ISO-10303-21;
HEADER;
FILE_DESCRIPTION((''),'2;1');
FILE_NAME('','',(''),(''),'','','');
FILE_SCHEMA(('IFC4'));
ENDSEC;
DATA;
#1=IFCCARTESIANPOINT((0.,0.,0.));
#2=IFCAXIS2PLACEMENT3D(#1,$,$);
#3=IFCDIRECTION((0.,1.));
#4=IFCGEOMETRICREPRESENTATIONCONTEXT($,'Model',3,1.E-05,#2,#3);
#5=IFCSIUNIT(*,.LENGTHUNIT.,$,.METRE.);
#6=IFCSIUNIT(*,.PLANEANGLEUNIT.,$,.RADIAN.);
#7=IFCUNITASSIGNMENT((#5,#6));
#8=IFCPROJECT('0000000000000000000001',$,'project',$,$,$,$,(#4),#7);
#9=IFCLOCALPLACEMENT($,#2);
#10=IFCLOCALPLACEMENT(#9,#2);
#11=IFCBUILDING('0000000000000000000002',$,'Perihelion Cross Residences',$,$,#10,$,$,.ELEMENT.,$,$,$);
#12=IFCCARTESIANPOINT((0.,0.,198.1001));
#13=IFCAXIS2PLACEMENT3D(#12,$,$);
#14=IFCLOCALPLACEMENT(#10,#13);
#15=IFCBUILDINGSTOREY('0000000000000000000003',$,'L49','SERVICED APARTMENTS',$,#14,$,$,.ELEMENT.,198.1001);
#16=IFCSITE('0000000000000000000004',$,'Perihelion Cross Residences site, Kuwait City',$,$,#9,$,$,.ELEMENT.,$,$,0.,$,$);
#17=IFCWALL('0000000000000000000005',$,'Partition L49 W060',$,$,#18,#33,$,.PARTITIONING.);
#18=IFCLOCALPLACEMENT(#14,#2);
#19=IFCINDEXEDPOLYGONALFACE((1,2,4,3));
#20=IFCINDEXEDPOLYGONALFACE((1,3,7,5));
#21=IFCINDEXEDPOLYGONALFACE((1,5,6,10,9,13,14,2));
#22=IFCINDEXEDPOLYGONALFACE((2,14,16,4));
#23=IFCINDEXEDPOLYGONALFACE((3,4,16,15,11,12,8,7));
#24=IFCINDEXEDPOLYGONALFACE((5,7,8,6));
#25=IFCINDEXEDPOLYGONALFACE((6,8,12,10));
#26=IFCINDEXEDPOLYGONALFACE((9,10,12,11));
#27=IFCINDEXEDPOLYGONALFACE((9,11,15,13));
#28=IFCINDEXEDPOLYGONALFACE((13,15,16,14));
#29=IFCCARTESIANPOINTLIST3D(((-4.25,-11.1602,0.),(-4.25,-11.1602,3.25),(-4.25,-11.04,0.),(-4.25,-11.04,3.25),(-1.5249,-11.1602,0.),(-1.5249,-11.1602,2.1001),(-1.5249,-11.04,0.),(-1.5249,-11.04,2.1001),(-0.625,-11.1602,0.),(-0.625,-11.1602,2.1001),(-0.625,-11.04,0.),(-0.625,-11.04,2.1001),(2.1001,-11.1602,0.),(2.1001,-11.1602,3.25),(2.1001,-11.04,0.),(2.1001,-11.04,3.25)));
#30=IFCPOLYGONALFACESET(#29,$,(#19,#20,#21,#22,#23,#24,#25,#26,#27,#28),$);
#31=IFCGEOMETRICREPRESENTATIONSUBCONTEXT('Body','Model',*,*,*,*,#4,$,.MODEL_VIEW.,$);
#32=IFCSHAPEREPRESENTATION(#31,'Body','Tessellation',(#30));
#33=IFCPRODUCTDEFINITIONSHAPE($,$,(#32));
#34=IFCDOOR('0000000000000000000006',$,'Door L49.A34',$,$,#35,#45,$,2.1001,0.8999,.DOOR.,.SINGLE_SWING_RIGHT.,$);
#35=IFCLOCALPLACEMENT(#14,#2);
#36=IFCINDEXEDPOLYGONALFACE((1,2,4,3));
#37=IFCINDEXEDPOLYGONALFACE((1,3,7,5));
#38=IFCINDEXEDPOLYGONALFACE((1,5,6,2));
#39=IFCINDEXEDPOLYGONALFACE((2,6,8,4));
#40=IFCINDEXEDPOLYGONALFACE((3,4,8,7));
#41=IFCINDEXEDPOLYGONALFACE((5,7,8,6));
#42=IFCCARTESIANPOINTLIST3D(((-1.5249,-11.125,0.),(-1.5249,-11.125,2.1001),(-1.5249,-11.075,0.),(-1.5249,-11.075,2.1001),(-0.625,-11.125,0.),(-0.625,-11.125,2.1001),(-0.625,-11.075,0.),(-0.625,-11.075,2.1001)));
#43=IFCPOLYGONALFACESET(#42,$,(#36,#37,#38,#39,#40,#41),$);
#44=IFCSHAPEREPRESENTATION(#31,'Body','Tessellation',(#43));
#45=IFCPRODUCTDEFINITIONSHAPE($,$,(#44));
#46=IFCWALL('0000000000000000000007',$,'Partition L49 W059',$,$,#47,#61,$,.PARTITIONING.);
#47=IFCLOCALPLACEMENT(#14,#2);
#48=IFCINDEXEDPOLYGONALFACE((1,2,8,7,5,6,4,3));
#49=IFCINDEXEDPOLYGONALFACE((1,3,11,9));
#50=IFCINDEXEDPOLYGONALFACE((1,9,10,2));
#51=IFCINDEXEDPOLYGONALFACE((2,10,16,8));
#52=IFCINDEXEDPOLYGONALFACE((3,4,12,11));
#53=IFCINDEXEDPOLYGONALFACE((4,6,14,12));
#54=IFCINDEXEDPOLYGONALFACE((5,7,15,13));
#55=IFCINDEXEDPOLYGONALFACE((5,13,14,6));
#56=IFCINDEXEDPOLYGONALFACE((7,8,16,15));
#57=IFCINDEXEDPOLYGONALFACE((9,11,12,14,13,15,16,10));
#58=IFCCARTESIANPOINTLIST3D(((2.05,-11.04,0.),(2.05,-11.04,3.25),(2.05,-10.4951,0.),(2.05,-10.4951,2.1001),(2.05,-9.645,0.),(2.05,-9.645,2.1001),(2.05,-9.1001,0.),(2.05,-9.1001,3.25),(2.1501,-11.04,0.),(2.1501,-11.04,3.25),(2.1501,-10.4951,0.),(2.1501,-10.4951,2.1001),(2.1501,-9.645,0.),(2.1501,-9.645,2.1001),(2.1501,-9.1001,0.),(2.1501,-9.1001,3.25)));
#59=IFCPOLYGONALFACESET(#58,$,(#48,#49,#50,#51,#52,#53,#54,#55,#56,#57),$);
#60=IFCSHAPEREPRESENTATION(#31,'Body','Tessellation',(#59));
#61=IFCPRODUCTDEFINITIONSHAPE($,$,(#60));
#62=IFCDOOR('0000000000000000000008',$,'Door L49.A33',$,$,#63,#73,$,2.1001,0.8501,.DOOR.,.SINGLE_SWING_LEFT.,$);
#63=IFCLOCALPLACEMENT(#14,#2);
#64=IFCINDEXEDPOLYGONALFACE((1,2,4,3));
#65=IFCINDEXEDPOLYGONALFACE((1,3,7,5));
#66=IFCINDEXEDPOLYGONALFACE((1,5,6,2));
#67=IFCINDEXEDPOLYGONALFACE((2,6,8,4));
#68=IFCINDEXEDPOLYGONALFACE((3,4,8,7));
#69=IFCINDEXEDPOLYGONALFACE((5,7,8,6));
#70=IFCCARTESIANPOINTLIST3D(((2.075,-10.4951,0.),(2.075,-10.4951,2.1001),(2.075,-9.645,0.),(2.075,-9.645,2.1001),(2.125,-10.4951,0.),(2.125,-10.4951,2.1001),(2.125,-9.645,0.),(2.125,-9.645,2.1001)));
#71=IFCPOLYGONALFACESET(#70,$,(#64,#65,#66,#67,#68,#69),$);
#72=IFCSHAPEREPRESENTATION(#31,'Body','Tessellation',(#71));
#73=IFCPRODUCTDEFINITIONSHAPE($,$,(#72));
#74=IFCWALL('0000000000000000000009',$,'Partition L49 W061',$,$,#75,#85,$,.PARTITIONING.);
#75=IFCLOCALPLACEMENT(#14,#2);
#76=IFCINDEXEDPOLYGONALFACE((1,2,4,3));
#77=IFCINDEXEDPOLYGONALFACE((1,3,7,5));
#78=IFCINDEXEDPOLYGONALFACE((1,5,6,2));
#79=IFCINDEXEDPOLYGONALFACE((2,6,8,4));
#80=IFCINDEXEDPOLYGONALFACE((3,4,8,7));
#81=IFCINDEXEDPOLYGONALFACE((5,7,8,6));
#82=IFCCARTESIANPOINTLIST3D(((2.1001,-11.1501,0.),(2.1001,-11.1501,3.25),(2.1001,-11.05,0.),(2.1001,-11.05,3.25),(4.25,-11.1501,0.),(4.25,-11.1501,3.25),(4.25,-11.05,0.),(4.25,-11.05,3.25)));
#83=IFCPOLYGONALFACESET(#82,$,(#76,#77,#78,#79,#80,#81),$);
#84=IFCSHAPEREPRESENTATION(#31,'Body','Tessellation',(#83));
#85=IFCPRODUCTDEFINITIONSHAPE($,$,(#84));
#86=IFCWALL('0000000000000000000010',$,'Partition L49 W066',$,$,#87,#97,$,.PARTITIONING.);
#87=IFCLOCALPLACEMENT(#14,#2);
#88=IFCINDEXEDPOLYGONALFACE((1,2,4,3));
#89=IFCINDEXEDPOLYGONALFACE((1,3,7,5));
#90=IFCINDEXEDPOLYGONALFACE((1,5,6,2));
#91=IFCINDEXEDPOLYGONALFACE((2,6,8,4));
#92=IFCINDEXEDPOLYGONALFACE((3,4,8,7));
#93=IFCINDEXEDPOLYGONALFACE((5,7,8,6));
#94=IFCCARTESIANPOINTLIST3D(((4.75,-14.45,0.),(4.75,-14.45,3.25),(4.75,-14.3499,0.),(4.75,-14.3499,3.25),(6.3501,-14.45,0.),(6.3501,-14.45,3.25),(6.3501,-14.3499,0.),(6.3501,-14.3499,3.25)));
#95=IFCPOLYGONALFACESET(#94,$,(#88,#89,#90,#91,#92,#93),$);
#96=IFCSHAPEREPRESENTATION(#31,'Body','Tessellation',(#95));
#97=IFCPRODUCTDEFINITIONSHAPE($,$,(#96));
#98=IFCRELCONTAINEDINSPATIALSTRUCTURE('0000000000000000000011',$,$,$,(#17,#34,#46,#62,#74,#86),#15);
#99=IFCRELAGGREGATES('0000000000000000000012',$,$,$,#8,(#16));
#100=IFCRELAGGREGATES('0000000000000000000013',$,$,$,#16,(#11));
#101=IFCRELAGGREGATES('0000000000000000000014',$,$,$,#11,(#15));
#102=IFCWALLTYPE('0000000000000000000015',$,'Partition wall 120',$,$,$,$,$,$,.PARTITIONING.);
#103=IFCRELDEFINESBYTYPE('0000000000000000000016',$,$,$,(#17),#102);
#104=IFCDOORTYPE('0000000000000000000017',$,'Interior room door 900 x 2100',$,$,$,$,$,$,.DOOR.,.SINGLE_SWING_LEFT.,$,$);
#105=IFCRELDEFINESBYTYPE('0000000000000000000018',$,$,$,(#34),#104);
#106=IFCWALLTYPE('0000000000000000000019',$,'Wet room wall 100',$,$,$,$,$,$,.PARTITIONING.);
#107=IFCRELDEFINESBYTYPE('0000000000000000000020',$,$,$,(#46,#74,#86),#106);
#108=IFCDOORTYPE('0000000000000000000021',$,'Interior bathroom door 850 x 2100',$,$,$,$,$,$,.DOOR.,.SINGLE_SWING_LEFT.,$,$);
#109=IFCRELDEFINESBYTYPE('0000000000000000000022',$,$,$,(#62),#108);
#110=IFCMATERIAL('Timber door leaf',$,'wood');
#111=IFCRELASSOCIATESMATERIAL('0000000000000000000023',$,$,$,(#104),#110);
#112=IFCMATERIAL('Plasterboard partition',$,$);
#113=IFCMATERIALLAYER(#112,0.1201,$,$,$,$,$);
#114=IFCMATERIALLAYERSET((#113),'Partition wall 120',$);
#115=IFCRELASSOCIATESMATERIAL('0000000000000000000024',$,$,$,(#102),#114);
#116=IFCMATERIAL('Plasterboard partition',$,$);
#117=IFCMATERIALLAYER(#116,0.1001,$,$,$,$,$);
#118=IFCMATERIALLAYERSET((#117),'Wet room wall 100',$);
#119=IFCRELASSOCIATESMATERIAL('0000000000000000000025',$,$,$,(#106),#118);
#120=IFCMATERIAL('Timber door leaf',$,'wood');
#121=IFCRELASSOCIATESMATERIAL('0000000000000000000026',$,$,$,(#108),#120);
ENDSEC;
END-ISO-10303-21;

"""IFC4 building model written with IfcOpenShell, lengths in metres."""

from ifc_helpers import new_model, si_unit, direction, frame, frame_2d, origin, place, context, subcontext, project, spatial, rectangle, extrude, material, layer, layer_set, type_object, element, fill, save


model = new_model("IFC4")

# Units and contexts
model_context = context("Model", 3, precision=1e-05, world=origin(), true_north=direction((0.0, 1.0)))
body_context = subcontext(model_context, "Body", "Model", "MODEL_VIEW")
ifc_project = project(units=[si_unit("LENGTHUNIT", "METRE"), si_unit("PLANEANGLEUNIT", "RADIAN")], contexts=[model_context])

# Site, building, storey
site_placement = place(None, origin())
site = spatial("IfcSite", under=ifc_project, at=site_placement, Name="Perihelion Cross Residences site, Kuwait City", CompositionType="ELEMENT", RefElevation=0.0)
building_placement = place(site_placement, origin())
building = spatial("IfcBuilding", under=site, at=building_placement, Name="Perihelion Cross Residences", CompositionType="ELEMENT")
storey_placement = place(building_placement, frame((0.0, 0.0, 198.1001)))
storey = spatial("IfcBuildingStorey", under=building, at=storey_placement, Name="L49", Description="SERVICED APARTMENTS", CompositionType="ELEMENT", Elevation=198.1001)

# Shared definitions
ifc_material_1 = material(Name="Timber door leaf", Category="wood")
door_type_1 = type_object("IfcDoorType", Name="Interior room door 900 x 2100", OperationType="SINGLE_SWING_LEFT", PredefinedType="DOOR", material=ifc_material_1)

# Shared definitions
ifc_material_2 = material(Name="Plasterboard partition")
ifc_layer_1 = layer(ifc_material_2, 0.1201)
ifc_layer_set_1 = layer_set([ifc_layer_1], Name="Partition wall 120")
wall_type_1 = type_object("IfcWallType", Name="Partition wall 120", PredefinedType="PARTITIONING", material=ifc_layer_set_1)

# Walls, openings, doors
wall_1_placement = place(storey_placement, frame((2.1001, -11.1001, 0.0), z_axis=(0.0, 0.0, 1.0), x_axis=(-1.0, 0.0, 0.0)))
wall_1 = element("IfcWall", 1, at=wall_1_placement, inside=storey, type_object=wall_type_1, Name="Partition L49 W060", PredefinedType="PARTITIONING", context=body_context, shape_type="SweptSolid", body=[
    extrude(rectangle(XDim=6.3501, YDim=0.1201, at=frame_2d((3.175, 0.0))), origin(), (0.0, 0.0, 1.0), 3.25),
])
opening_1_placement = place(wall_1_placement, frame((2.7251, 0.0, 0.0)))
opening_1 = element("IfcOpeningElement", 2, at=opening_1_placement, cuts=wall_1, PredefinedType="OPENING", context=body_context, shape_type="SweptSolid", body=[
    extrude(rectangle(XDim=0.8999, YDim=2.1001, at=frame_2d((0.45, 1.05))), frame((0.0, 0.0701, 0.0), z_axis=(0.0, -1.0, 0.0), x_axis=(1.0, 0.0, 0.0)), (0.0, 0.0, 1.0), 0.1401),
])
door_1_placement = place(opening_1_placement, origin())
door_1 = element("IfcDoor", 3, at=door_1_placement, inside=storey, type_object=door_type_1, Name="Door L49.A34", OperationType="SINGLE_SWING_RIGHT", OverallHeight=2.1001, OverallWidth=0.8999, PredefinedType="DOOR", context=body_context, shape_type="SweptSolid", body=[
    extrude(rectangle(XDim=0.8999, YDim=2.1001, at=frame_2d((0.45, 1.05))), frame((0.0, 0.0249, 0.0), z_axis=(0.0, -1.0, 0.0), x_axis=(1.0, 0.0, 0.0)), (0.0, 0.0, 1.0), 0.05),
])
fill(opening_1, door_1)
ifc_material_3 = material(Name="Plasterboard partition")
ifc_layer_2 = layer(ifc_material_3, 0.1001)
ifc_layer_set_2 = layer_set([ifc_layer_2], Name="Wet room wall 100")
wall_type_2 = type_object("IfcWallType", Name="Wet room wall 100", PredefinedType="PARTITIONING", material=ifc_layer_set_2)
wall_2_placement = place(storey_placement, frame((2.1001, -9.1001, 0.0), z_axis=(0.0, 0.0, 1.0), x_axis=(0.0, -1.0, 0.0)))
wall_2 = element("IfcWall", 4, at=wall_2_placement, inside=storey, type_object=wall_type_2, Name="Partition L49 W059", PredefinedType="PARTITIONING", context=body_context, shape_type="SweptSolid", body=[
    extrude(rectangle(XDim=1.9399, YDim=0.1001, at=frame_2d((0.97, 0.0))), origin(), (0.0, 0.0, 1.0), 3.25),
])
opening_2_placement = place(wall_2_placement, frame((0.5449, 0.0, 0.0)))
opening_2 = element("IfcOpeningElement", 5, at=opening_2_placement, cuts=wall_2, PredefinedType="OPENING", context=body_context, shape_type="SweptSolid", body=[
    extrude(rectangle(XDim=0.8501, YDim=2.1001, at=frame_2d((0.425, 1.05))), frame((0.0, 0.0601, 0.0), z_axis=(0.0, -1.0, 0.0), x_axis=(1.0, 0.0, 0.0)), (0.0, 0.0, 1.0), 0.1201),
])
ifc_material_4 = material(Name="Timber door leaf", Category="wood")
door_type_2 = type_object("IfcDoorType", Name="Interior bathroom door 850 x 2100", OperationType="SINGLE_SWING_LEFT", PredefinedType="DOOR", material=ifc_material_4)
door_2_placement = place(opening_2_placement, origin())
door_2 = element("IfcDoor", 6, at=door_2_placement, inside=storey, type_object=door_type_2, Name="Door L49.A33", OperationType="SINGLE_SWING_LEFT", OverallHeight=2.1001, OverallWidth=0.8501, PredefinedType="DOOR", context=body_context, shape_type="SweptSolid", body=[
    extrude(rectangle(XDim=0.8501, YDim=2.1001, at=frame_2d((0.425, 1.05))), frame((0.0, 0.0249, 0.0), z_axis=(0.0, -1.0, 0.0), x_axis=(1.0, 0.0, 0.0)), (0.0, 0.0, 1.0), 0.05),
])
fill(opening_2, door_2)

# Walls
wall_3_placement = place(storey_placement, frame((4.25, -11.1001, 0.0), z_axis=(0.0, 0.0, 1.0), x_axis=(-1.0, 0.0, 0.0)))
element("IfcWall", 7, at=wall_3_placement, inside=storey, type_object=wall_type_2, Name="Partition L49 W061", PredefinedType="PARTITIONING", context=body_context, shape_type="SweptSolid", body=[
    extrude(rectangle(XDim=2.1499, YDim=0.1001, at=frame_2d((1.075, 0.0))), origin(), (0.0, 0.0, 1.0), 3.25),
])
wall_4_placement = place(storey_placement, frame((6.3501, -14.3999, 0.0), z_axis=(0.0, 0.0, 1.0), x_axis=(-1.0, 0.0, 0.0)))
element("IfcWall", 8, at=wall_4_placement, inside=storey, type_object=wall_type_2, Name="Partition L49 W066", PredefinedType="PARTITIONING", context=body_context, shape_type="SweptSolid", body=[
    extrude(rectangle(XDim=1.6001, YDim=0.1001, at=frame_2d((0.8, 0.0))), origin(), (0.0, 0.0, 1.0), 3.25),
])

save(model, "model.ifc")
